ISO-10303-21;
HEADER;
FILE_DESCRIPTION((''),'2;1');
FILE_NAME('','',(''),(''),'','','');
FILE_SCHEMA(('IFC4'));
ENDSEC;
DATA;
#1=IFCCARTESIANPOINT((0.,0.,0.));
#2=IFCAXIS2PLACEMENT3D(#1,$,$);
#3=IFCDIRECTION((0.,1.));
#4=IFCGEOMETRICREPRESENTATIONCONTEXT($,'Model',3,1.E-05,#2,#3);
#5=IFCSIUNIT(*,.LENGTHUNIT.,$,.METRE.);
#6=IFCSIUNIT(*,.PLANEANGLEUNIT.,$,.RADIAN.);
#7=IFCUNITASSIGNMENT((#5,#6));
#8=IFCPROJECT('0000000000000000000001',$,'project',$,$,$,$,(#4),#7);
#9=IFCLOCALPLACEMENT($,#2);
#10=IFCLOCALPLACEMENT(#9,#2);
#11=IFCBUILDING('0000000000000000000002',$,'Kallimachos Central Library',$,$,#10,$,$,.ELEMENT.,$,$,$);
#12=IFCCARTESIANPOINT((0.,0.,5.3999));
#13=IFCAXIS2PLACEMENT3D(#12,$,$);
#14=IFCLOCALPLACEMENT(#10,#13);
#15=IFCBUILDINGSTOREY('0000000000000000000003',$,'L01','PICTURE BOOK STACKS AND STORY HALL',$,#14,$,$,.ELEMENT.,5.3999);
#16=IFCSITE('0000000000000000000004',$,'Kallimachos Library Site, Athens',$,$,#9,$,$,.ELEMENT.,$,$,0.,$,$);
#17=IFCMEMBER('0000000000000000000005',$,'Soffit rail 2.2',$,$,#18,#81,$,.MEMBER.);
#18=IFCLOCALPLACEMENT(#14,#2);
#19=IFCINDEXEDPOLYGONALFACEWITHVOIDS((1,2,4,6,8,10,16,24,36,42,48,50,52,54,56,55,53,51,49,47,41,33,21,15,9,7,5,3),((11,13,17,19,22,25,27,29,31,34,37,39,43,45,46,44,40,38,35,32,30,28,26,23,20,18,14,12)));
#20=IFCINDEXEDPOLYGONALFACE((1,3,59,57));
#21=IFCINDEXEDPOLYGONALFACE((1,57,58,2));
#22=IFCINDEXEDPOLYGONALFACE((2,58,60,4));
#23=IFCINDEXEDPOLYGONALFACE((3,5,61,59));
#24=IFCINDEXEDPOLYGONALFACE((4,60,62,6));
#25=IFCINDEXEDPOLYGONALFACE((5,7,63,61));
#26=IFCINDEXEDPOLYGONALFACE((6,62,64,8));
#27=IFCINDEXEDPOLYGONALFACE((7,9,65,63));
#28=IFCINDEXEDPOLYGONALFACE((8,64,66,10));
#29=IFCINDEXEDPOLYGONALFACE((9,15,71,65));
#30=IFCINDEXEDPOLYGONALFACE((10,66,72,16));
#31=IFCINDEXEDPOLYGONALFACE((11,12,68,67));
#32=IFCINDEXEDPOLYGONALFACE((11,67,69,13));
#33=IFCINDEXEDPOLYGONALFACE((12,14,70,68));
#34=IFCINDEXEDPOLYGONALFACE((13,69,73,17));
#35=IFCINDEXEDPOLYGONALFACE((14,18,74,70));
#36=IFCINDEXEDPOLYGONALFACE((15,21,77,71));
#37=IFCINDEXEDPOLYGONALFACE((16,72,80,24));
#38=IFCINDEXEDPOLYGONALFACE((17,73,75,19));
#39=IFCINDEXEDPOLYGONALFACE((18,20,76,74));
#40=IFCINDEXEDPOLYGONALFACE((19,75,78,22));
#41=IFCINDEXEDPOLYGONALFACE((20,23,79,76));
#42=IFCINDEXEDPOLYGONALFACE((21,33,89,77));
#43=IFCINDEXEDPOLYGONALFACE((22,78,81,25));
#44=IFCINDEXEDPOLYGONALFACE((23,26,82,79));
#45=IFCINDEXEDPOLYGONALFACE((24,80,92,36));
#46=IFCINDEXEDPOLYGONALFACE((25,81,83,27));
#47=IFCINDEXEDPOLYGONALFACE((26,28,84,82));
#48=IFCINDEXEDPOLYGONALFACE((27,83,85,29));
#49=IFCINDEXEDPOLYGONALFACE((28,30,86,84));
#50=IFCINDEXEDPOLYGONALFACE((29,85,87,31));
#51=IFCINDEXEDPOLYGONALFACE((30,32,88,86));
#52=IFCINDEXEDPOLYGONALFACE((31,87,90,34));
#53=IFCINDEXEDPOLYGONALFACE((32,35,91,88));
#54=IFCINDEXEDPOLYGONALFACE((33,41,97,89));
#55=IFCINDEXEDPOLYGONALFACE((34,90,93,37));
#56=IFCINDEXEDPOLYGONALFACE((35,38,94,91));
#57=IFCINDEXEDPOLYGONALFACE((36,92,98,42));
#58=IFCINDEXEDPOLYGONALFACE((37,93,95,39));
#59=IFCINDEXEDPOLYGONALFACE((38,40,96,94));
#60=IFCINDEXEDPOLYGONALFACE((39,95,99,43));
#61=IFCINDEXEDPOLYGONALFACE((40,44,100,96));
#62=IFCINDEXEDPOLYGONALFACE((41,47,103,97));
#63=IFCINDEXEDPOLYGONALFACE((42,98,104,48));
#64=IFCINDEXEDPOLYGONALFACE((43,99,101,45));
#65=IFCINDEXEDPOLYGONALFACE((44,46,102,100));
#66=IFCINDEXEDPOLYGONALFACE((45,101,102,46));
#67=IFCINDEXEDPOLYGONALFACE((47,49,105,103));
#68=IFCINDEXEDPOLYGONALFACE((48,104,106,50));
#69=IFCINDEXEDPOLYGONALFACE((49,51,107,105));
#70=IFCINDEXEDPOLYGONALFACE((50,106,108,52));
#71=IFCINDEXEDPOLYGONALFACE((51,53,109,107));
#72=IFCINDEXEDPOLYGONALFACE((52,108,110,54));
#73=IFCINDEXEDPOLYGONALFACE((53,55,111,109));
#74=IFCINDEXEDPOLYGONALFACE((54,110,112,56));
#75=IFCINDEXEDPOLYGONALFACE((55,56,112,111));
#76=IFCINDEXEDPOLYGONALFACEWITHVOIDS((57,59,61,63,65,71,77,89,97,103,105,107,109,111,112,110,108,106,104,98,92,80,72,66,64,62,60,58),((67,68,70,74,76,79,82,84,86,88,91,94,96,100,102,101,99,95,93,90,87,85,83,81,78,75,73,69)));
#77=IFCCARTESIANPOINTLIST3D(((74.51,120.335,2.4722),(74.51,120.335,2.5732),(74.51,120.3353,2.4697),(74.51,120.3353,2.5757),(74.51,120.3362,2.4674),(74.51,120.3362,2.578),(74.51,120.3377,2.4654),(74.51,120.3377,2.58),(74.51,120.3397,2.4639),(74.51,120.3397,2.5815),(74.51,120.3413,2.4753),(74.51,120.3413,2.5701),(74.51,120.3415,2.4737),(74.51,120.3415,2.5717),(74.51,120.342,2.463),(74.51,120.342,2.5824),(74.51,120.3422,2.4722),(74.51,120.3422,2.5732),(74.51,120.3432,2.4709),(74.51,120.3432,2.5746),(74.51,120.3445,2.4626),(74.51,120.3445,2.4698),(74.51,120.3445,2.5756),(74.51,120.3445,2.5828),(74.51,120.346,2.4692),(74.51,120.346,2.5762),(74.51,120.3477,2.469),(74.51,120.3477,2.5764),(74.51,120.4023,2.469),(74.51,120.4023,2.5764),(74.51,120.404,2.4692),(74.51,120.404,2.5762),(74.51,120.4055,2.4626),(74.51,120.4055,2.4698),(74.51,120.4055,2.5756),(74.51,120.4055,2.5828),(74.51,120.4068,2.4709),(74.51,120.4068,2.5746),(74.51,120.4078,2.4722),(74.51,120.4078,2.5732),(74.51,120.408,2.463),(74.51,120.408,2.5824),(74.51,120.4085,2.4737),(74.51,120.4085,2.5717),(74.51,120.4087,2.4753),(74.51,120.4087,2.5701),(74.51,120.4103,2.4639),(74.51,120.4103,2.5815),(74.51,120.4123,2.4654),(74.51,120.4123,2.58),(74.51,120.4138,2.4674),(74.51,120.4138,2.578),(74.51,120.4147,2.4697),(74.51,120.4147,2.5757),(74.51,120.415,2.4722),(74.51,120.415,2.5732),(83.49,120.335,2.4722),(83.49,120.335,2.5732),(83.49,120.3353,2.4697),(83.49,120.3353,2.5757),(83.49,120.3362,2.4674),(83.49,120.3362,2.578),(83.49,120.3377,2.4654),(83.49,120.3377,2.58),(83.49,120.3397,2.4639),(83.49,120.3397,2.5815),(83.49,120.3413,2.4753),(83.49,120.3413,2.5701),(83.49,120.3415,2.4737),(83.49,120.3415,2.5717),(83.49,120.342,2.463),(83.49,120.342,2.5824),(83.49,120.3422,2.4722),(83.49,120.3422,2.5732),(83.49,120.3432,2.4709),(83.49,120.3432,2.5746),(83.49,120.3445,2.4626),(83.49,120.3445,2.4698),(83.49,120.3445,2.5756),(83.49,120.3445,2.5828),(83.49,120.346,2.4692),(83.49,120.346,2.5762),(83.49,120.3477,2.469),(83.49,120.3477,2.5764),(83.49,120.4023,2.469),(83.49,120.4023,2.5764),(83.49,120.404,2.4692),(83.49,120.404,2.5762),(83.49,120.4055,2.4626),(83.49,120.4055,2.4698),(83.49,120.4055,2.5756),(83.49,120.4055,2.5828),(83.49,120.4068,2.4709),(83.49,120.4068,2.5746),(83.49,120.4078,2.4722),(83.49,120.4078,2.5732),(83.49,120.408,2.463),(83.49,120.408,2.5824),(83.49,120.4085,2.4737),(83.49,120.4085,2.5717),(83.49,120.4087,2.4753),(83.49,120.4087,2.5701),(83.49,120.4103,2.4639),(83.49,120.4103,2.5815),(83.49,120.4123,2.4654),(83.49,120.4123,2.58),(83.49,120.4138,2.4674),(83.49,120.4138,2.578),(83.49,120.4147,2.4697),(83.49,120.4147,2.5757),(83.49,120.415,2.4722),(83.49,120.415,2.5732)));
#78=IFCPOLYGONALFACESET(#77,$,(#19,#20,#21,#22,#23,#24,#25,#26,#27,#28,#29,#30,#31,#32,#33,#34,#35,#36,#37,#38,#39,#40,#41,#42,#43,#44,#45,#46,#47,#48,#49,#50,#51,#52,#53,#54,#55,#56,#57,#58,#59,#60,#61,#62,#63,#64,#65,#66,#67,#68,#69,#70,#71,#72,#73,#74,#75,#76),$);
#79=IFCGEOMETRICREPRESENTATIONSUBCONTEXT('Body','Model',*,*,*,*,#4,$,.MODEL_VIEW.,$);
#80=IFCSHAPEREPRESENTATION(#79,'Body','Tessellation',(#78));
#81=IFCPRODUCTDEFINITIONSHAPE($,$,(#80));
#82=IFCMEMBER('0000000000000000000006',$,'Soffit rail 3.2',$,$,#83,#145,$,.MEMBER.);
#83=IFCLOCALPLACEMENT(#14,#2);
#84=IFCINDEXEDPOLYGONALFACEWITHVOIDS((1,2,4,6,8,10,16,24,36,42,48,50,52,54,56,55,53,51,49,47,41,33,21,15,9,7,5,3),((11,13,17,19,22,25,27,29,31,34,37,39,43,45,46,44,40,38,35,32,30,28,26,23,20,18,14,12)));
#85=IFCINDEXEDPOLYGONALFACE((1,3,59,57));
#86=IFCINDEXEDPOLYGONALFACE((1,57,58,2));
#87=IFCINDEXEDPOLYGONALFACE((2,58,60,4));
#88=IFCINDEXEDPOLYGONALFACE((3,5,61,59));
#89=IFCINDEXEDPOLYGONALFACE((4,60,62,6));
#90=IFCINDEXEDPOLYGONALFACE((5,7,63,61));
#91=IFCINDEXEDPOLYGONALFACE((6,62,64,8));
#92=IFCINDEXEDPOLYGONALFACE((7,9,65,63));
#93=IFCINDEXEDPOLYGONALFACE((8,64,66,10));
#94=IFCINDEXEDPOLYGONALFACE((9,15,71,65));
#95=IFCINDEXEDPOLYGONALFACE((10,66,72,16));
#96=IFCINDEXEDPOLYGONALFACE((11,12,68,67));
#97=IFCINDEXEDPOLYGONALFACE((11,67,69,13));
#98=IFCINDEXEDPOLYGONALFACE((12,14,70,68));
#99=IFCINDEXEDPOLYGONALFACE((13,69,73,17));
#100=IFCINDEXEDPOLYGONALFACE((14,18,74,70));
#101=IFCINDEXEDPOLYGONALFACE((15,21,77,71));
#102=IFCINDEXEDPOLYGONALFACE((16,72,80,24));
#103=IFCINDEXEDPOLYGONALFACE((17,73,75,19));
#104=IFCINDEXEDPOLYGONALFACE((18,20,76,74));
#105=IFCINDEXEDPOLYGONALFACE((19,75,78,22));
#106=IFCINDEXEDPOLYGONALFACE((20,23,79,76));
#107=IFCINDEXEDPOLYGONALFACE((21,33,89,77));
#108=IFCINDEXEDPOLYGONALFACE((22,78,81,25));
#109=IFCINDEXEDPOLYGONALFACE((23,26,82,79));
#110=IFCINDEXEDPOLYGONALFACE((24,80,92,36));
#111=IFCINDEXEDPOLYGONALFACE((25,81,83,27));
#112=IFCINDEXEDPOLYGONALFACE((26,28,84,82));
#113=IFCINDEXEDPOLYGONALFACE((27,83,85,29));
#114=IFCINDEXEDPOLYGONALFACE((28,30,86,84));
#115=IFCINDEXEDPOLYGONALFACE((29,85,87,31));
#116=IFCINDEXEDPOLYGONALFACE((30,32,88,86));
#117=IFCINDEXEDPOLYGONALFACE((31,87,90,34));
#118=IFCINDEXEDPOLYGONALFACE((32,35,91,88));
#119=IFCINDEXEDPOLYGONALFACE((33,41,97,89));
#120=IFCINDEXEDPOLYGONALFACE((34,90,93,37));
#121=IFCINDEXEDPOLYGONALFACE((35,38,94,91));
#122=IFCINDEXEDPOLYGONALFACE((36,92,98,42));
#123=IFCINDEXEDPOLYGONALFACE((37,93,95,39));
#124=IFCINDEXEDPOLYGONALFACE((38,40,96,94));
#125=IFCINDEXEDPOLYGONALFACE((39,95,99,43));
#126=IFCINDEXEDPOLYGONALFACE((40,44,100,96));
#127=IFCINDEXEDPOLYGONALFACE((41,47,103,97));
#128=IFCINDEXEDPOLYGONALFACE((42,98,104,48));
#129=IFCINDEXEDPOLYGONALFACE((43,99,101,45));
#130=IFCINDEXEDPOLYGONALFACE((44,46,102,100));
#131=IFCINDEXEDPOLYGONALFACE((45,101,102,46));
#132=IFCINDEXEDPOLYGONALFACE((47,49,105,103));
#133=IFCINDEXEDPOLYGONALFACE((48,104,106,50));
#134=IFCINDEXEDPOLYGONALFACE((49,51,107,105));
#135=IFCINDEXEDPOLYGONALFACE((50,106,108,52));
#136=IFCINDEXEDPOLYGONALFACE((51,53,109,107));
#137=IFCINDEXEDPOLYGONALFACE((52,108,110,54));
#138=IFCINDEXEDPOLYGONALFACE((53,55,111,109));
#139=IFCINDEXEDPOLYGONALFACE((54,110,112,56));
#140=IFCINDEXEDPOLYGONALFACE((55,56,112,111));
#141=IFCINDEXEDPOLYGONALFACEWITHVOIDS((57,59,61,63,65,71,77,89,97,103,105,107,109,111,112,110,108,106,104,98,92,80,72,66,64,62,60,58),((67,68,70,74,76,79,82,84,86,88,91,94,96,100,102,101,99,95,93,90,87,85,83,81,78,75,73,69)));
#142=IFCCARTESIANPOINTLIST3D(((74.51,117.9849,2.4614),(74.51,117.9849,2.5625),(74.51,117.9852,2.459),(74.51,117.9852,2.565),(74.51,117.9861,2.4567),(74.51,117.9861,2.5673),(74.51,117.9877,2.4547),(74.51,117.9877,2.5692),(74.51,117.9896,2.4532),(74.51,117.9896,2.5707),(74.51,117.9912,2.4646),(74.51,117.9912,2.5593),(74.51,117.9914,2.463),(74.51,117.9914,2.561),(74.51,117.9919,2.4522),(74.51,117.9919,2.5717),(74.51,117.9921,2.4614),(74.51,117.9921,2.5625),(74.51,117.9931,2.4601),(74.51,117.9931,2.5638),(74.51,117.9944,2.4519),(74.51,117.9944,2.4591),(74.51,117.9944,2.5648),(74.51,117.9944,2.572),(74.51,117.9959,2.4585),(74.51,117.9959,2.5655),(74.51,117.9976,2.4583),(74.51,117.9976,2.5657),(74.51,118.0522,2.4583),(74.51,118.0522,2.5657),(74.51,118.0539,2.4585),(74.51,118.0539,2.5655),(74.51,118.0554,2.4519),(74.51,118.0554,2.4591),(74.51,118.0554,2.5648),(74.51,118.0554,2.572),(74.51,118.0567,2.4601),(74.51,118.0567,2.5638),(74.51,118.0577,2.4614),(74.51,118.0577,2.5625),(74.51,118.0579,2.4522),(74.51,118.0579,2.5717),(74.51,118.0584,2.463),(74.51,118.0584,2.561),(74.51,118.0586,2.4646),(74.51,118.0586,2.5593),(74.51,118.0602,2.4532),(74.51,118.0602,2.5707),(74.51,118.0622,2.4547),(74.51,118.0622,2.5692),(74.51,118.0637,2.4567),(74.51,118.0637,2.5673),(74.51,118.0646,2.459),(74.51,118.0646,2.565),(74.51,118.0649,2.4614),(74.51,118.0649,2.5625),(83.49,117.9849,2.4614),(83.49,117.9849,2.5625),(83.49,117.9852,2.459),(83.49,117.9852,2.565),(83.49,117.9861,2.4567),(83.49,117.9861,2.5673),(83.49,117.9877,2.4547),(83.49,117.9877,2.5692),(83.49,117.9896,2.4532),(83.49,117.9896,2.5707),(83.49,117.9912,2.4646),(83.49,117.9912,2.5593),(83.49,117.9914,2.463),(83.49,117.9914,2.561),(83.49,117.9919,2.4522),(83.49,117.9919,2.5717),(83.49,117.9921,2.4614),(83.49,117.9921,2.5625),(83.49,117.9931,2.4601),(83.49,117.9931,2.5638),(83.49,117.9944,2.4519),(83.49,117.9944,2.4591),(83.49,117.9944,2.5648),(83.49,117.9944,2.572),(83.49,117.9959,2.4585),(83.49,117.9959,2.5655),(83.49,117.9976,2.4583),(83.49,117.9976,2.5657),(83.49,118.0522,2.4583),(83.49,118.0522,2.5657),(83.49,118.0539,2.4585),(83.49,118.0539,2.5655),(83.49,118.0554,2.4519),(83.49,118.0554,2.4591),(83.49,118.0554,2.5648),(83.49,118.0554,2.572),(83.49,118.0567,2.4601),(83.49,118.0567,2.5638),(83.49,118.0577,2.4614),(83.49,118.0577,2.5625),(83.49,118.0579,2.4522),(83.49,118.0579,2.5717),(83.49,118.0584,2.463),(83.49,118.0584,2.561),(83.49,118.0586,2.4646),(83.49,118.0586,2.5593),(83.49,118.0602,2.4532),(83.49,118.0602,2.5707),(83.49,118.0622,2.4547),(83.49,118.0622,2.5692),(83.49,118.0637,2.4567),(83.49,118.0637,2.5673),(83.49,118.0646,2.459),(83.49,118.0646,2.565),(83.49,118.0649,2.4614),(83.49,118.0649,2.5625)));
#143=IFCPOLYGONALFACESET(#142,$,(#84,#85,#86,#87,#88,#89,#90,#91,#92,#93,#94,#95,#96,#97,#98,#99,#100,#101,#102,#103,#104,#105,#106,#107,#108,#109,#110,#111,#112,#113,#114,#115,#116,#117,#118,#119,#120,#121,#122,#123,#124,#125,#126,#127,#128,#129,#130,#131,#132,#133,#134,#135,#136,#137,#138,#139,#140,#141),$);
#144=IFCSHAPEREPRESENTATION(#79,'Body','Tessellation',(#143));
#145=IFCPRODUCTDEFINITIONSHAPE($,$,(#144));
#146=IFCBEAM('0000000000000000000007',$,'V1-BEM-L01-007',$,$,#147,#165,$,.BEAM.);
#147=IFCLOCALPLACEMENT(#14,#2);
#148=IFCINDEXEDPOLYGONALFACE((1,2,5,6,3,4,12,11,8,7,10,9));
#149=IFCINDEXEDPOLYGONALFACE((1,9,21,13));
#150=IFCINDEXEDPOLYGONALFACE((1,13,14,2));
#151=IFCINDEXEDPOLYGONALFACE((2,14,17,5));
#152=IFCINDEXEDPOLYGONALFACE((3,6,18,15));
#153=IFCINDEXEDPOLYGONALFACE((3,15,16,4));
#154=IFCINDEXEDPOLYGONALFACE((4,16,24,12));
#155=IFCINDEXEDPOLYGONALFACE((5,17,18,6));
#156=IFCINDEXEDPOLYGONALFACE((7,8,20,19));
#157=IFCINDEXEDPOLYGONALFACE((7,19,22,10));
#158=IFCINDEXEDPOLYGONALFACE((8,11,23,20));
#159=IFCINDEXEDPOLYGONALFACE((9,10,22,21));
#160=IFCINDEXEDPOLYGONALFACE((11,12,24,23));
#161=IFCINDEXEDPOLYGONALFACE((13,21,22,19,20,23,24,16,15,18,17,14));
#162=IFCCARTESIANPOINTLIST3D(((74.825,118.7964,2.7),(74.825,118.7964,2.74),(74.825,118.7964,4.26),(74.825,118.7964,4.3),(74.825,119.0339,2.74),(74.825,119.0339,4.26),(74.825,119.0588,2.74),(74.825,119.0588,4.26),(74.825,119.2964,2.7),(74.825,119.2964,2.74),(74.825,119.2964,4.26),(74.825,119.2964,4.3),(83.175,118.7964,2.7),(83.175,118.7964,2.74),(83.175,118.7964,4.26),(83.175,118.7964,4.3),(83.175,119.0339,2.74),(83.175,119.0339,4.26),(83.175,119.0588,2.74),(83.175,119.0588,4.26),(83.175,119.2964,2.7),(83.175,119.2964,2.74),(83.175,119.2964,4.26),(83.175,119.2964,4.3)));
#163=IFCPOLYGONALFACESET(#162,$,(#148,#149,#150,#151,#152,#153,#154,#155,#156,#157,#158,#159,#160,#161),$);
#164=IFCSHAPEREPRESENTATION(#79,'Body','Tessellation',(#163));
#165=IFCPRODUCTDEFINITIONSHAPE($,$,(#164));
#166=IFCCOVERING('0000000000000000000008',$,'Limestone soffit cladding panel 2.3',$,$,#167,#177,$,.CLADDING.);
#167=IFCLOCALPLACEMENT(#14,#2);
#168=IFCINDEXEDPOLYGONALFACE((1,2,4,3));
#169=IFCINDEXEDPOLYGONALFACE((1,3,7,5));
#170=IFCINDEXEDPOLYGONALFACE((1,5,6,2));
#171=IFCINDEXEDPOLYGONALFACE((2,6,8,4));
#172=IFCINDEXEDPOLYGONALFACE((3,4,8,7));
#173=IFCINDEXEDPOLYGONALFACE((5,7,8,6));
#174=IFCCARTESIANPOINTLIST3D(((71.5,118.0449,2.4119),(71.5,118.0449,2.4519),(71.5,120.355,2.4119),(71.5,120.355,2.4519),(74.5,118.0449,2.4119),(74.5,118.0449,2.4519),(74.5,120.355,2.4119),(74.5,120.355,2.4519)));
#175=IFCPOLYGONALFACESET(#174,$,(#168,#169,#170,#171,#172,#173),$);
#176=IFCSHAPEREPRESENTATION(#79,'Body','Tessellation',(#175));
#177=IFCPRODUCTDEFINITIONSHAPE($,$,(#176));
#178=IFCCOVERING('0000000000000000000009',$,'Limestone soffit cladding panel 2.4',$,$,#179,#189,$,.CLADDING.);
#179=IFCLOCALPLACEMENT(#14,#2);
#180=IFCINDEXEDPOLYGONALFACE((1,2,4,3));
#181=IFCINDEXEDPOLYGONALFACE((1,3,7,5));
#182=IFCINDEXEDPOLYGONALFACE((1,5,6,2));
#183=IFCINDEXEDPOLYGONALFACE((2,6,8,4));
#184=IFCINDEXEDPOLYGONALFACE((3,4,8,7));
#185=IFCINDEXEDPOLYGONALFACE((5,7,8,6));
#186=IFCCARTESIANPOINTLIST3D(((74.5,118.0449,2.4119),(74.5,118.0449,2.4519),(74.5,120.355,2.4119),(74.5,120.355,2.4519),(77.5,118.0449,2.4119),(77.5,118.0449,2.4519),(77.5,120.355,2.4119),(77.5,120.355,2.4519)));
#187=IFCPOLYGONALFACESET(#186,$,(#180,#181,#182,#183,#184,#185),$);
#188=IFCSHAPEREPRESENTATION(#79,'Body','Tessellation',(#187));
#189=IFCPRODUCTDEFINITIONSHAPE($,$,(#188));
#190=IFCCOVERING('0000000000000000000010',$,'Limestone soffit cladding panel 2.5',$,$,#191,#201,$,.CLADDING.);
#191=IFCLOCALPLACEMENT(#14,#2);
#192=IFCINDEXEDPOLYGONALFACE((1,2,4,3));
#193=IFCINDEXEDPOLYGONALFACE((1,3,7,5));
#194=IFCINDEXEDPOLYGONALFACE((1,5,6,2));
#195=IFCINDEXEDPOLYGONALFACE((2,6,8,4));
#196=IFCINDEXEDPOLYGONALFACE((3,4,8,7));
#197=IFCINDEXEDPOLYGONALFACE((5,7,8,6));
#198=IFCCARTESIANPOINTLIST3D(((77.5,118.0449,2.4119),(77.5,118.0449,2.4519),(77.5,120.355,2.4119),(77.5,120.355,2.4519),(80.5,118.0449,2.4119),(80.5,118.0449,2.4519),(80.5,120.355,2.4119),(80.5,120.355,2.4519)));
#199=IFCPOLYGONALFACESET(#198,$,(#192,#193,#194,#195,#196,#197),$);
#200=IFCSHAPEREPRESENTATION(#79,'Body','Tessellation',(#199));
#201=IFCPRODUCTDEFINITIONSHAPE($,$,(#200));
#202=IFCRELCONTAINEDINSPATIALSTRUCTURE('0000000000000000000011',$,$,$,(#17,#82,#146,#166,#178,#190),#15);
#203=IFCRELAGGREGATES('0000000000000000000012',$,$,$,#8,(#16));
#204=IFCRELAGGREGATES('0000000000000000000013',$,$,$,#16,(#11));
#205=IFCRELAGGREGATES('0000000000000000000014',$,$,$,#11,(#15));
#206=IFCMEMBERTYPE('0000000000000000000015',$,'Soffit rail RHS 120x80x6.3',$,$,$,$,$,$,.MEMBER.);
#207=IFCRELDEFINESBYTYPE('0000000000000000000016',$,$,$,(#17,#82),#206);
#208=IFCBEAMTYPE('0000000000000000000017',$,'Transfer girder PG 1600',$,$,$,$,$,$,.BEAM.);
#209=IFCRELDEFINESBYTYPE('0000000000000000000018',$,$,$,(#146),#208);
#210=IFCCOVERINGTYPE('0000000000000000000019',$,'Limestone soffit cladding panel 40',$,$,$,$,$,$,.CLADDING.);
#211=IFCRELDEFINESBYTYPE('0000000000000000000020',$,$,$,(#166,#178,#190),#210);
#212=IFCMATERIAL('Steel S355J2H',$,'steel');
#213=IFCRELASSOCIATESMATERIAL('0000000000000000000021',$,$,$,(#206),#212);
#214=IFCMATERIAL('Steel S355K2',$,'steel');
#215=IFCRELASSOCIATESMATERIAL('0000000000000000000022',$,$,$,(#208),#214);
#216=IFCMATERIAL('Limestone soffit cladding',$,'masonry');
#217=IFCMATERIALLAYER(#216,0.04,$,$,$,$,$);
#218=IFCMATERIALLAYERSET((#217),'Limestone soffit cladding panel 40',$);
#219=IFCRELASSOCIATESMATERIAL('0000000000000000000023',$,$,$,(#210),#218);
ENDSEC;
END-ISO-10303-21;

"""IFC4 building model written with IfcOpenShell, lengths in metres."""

from ifc_helpers import new_model, si_unit, direction, frame, origin, origin_2d, place, context, subcontext, project, spatial, polyline, hollow_rectangle, i_section, outline, extrude, material, layer, layer_set, material_profile, profile_set, type_object, element, save


model = new_model("IFC4")

# Units and contexts
model_context = context("Model", 3, precision=1e-05, world=origin(), true_north=direction((0.0, 1.0)))
body_context = subcontext(model_context, "Body", "Model", "MODEL_VIEW")
ifc_project = project(units=[si_unit("LENGTHUNIT", "METRE"), si_unit("PLANEANGLEUNIT", "RADIAN")], contexts=[model_context])

# Site, building, storey
site_placement = place(None, origin())
site = spatial("IfcSite", under=ifc_project, at=site_placement, Name="Kallimachos Library Site, Athens", CompositionType="ELEMENT", RefElevation=0.0)
building_placement = place(site_placement, origin())
building = spatial("IfcBuilding", under=site, at=building_placement, Name="Kallimachos Central Library", CompositionType="ELEMENT")
storey_placement = place(building_placement, frame((0.0, 0.0, 5.3999)))
storey = spatial("IfcBuildingStorey", under=building, at=storey_placement, Name="L01", Description="PICTURE BOOK STACKS AND STORY HALL", CompositionType="ELEMENT", Elevation=5.3999)

# Members
ifc_material_1 = material(Name="Steel S355J2H", Category="steel")
ifc_material_profile_1 = material_profile(ifc_material_1, hollow_rectangle(XDim=0.0801, YDim=0.1201, WallThickness=0.0063, InnerFilletRadius=0.0063, OuterFilletRadius=0.0095, at=origin_2d()), Name="RHS 120x80x6.3")
ifc_profile_set_1 = profile_set([ifc_material_profile_1], Name="Steel S355J2H")
member_type_1 = type_object("IfcMemberType", Name="Soffit rail RHS 120x80x6.3", PredefinedType="MEMBER", material=ifc_profile_set_1)
for number, where, z_axis, x_axis, name in (
    (1, (74.51, 120.375, 2.5227), (1.0, 0.0, 0.0), (0.0, 1.0, 0.0), "Soffit rail 2.2"),
    (2, (74.51, 118.0249, 2.512), (1.0, 0.0, 0.0), (0.0, 1.0, 0.0), "Soffit rail 3.2"),
):
    element("IfcMember", number, at=place(storey_placement, frame(where, z_axis=z_axis, x_axis=x_axis)), inside=storey, type_object=member_type_1, Name=name, PredefinedType="MEMBER", context=body_context, shape_type="SweptSolid", body=[
        extrude(hollow_rectangle(XDim=0.0801, YDim=0.1201, WallThickness=0.0063, InnerFilletRadius=0.0063, OuterFilletRadius=0.0095, at=origin_2d()), origin(), (0.0, 0.0, 1.0), 8.98),
    ])

# Beam
ifc_material_2 = material(Name="Steel S355K2", Category="steel")
ifc_material_profile_2 = material_profile(ifc_material_2, i_section(OverallWidth=0.5, OverallDepth=1.6001, WebThickness=0.0249, FlangeThickness=0.04, at=origin_2d()), Name="PG 1600x500-25/40")
ifc_profile_set_2 = profile_set([ifc_material_profile_2], Name="Steel S355K2")
beam_type_1 = type_object("IfcBeamType", Name="Transfer girder PG 1600", PredefinedType="BEAM", material=ifc_profile_set_2)
beam_1_placement = place(storey_placement, frame((74.825, 119.0464, 3.5), z_axis=(1.0, 0.0, 0.0), x_axis=(0.0, 1.0, 0.0)))
element("IfcBeam", 3, at=beam_1_placement, inside=storey, type_object=beam_type_1, Name="V1-BEM-L01-007", PredefinedType="BEAM", context=body_context, shape_type="SweptSolid", body=[
    extrude(i_section(OverallWidth=0.5, OverallDepth=1.6001, WebThickness=0.0249, FlangeThickness=0.04, at=origin_2d()), origin(), (0.0, 0.0, 1.0), 8.3501),
])

# Coverings
ifc_material_3 = material(Name="Limestone soffit cladding", Category="masonry")
ifc_layer_1 = layer(ifc_material_3, 0.04)
ifc_layer_set_1 = layer_set([ifc_layer_1], Name="Limestone soffit cladding panel 40")
covering_type_1 = type_object("IfcCoveringType", Name="Limestone soffit cladding panel 40", PredefinedType="CLADDING", material=ifc_layer_set_1)
for number, where, z_axis, x_axis, name in (
    (4, (71.5, 120.355, 2.4519), (0.0, 0.0, 1.0), (1.0, 0.0, 0.0), "Limestone soffit cladding panel 2.3"),
    (5, (74.5, 120.355, 2.4519), (0.0, 0.0, 1.0), (1.0, 0.0, 0.0), "Limestone soffit cladding panel 2.4"),
    (6, (77.5, 120.355, 2.4519), (0.0, 0.0, 1.0), (1.0, 0.0, 0.0), "Limestone soffit cladding panel 2.5"),
):
    element("IfcCovering", number, at=place(storey_placement, frame(where, z_axis=z_axis, x_axis=x_axis)), inside=storey, type_object=covering_type_1, Name=name, PredefinedType="CLADDING", context=body_context, shape_type="SweptSolid", body=[
        extrude(outline(polyline([(0.0, 0.0), (3.0, 0.0), (3.0, -2.3101), (0.0, -2.3101), (0.0, 0.0)])), origin(), (0.0, 0.0, -1.0), 0.04),
    ])

save(model, "model.ifc")
